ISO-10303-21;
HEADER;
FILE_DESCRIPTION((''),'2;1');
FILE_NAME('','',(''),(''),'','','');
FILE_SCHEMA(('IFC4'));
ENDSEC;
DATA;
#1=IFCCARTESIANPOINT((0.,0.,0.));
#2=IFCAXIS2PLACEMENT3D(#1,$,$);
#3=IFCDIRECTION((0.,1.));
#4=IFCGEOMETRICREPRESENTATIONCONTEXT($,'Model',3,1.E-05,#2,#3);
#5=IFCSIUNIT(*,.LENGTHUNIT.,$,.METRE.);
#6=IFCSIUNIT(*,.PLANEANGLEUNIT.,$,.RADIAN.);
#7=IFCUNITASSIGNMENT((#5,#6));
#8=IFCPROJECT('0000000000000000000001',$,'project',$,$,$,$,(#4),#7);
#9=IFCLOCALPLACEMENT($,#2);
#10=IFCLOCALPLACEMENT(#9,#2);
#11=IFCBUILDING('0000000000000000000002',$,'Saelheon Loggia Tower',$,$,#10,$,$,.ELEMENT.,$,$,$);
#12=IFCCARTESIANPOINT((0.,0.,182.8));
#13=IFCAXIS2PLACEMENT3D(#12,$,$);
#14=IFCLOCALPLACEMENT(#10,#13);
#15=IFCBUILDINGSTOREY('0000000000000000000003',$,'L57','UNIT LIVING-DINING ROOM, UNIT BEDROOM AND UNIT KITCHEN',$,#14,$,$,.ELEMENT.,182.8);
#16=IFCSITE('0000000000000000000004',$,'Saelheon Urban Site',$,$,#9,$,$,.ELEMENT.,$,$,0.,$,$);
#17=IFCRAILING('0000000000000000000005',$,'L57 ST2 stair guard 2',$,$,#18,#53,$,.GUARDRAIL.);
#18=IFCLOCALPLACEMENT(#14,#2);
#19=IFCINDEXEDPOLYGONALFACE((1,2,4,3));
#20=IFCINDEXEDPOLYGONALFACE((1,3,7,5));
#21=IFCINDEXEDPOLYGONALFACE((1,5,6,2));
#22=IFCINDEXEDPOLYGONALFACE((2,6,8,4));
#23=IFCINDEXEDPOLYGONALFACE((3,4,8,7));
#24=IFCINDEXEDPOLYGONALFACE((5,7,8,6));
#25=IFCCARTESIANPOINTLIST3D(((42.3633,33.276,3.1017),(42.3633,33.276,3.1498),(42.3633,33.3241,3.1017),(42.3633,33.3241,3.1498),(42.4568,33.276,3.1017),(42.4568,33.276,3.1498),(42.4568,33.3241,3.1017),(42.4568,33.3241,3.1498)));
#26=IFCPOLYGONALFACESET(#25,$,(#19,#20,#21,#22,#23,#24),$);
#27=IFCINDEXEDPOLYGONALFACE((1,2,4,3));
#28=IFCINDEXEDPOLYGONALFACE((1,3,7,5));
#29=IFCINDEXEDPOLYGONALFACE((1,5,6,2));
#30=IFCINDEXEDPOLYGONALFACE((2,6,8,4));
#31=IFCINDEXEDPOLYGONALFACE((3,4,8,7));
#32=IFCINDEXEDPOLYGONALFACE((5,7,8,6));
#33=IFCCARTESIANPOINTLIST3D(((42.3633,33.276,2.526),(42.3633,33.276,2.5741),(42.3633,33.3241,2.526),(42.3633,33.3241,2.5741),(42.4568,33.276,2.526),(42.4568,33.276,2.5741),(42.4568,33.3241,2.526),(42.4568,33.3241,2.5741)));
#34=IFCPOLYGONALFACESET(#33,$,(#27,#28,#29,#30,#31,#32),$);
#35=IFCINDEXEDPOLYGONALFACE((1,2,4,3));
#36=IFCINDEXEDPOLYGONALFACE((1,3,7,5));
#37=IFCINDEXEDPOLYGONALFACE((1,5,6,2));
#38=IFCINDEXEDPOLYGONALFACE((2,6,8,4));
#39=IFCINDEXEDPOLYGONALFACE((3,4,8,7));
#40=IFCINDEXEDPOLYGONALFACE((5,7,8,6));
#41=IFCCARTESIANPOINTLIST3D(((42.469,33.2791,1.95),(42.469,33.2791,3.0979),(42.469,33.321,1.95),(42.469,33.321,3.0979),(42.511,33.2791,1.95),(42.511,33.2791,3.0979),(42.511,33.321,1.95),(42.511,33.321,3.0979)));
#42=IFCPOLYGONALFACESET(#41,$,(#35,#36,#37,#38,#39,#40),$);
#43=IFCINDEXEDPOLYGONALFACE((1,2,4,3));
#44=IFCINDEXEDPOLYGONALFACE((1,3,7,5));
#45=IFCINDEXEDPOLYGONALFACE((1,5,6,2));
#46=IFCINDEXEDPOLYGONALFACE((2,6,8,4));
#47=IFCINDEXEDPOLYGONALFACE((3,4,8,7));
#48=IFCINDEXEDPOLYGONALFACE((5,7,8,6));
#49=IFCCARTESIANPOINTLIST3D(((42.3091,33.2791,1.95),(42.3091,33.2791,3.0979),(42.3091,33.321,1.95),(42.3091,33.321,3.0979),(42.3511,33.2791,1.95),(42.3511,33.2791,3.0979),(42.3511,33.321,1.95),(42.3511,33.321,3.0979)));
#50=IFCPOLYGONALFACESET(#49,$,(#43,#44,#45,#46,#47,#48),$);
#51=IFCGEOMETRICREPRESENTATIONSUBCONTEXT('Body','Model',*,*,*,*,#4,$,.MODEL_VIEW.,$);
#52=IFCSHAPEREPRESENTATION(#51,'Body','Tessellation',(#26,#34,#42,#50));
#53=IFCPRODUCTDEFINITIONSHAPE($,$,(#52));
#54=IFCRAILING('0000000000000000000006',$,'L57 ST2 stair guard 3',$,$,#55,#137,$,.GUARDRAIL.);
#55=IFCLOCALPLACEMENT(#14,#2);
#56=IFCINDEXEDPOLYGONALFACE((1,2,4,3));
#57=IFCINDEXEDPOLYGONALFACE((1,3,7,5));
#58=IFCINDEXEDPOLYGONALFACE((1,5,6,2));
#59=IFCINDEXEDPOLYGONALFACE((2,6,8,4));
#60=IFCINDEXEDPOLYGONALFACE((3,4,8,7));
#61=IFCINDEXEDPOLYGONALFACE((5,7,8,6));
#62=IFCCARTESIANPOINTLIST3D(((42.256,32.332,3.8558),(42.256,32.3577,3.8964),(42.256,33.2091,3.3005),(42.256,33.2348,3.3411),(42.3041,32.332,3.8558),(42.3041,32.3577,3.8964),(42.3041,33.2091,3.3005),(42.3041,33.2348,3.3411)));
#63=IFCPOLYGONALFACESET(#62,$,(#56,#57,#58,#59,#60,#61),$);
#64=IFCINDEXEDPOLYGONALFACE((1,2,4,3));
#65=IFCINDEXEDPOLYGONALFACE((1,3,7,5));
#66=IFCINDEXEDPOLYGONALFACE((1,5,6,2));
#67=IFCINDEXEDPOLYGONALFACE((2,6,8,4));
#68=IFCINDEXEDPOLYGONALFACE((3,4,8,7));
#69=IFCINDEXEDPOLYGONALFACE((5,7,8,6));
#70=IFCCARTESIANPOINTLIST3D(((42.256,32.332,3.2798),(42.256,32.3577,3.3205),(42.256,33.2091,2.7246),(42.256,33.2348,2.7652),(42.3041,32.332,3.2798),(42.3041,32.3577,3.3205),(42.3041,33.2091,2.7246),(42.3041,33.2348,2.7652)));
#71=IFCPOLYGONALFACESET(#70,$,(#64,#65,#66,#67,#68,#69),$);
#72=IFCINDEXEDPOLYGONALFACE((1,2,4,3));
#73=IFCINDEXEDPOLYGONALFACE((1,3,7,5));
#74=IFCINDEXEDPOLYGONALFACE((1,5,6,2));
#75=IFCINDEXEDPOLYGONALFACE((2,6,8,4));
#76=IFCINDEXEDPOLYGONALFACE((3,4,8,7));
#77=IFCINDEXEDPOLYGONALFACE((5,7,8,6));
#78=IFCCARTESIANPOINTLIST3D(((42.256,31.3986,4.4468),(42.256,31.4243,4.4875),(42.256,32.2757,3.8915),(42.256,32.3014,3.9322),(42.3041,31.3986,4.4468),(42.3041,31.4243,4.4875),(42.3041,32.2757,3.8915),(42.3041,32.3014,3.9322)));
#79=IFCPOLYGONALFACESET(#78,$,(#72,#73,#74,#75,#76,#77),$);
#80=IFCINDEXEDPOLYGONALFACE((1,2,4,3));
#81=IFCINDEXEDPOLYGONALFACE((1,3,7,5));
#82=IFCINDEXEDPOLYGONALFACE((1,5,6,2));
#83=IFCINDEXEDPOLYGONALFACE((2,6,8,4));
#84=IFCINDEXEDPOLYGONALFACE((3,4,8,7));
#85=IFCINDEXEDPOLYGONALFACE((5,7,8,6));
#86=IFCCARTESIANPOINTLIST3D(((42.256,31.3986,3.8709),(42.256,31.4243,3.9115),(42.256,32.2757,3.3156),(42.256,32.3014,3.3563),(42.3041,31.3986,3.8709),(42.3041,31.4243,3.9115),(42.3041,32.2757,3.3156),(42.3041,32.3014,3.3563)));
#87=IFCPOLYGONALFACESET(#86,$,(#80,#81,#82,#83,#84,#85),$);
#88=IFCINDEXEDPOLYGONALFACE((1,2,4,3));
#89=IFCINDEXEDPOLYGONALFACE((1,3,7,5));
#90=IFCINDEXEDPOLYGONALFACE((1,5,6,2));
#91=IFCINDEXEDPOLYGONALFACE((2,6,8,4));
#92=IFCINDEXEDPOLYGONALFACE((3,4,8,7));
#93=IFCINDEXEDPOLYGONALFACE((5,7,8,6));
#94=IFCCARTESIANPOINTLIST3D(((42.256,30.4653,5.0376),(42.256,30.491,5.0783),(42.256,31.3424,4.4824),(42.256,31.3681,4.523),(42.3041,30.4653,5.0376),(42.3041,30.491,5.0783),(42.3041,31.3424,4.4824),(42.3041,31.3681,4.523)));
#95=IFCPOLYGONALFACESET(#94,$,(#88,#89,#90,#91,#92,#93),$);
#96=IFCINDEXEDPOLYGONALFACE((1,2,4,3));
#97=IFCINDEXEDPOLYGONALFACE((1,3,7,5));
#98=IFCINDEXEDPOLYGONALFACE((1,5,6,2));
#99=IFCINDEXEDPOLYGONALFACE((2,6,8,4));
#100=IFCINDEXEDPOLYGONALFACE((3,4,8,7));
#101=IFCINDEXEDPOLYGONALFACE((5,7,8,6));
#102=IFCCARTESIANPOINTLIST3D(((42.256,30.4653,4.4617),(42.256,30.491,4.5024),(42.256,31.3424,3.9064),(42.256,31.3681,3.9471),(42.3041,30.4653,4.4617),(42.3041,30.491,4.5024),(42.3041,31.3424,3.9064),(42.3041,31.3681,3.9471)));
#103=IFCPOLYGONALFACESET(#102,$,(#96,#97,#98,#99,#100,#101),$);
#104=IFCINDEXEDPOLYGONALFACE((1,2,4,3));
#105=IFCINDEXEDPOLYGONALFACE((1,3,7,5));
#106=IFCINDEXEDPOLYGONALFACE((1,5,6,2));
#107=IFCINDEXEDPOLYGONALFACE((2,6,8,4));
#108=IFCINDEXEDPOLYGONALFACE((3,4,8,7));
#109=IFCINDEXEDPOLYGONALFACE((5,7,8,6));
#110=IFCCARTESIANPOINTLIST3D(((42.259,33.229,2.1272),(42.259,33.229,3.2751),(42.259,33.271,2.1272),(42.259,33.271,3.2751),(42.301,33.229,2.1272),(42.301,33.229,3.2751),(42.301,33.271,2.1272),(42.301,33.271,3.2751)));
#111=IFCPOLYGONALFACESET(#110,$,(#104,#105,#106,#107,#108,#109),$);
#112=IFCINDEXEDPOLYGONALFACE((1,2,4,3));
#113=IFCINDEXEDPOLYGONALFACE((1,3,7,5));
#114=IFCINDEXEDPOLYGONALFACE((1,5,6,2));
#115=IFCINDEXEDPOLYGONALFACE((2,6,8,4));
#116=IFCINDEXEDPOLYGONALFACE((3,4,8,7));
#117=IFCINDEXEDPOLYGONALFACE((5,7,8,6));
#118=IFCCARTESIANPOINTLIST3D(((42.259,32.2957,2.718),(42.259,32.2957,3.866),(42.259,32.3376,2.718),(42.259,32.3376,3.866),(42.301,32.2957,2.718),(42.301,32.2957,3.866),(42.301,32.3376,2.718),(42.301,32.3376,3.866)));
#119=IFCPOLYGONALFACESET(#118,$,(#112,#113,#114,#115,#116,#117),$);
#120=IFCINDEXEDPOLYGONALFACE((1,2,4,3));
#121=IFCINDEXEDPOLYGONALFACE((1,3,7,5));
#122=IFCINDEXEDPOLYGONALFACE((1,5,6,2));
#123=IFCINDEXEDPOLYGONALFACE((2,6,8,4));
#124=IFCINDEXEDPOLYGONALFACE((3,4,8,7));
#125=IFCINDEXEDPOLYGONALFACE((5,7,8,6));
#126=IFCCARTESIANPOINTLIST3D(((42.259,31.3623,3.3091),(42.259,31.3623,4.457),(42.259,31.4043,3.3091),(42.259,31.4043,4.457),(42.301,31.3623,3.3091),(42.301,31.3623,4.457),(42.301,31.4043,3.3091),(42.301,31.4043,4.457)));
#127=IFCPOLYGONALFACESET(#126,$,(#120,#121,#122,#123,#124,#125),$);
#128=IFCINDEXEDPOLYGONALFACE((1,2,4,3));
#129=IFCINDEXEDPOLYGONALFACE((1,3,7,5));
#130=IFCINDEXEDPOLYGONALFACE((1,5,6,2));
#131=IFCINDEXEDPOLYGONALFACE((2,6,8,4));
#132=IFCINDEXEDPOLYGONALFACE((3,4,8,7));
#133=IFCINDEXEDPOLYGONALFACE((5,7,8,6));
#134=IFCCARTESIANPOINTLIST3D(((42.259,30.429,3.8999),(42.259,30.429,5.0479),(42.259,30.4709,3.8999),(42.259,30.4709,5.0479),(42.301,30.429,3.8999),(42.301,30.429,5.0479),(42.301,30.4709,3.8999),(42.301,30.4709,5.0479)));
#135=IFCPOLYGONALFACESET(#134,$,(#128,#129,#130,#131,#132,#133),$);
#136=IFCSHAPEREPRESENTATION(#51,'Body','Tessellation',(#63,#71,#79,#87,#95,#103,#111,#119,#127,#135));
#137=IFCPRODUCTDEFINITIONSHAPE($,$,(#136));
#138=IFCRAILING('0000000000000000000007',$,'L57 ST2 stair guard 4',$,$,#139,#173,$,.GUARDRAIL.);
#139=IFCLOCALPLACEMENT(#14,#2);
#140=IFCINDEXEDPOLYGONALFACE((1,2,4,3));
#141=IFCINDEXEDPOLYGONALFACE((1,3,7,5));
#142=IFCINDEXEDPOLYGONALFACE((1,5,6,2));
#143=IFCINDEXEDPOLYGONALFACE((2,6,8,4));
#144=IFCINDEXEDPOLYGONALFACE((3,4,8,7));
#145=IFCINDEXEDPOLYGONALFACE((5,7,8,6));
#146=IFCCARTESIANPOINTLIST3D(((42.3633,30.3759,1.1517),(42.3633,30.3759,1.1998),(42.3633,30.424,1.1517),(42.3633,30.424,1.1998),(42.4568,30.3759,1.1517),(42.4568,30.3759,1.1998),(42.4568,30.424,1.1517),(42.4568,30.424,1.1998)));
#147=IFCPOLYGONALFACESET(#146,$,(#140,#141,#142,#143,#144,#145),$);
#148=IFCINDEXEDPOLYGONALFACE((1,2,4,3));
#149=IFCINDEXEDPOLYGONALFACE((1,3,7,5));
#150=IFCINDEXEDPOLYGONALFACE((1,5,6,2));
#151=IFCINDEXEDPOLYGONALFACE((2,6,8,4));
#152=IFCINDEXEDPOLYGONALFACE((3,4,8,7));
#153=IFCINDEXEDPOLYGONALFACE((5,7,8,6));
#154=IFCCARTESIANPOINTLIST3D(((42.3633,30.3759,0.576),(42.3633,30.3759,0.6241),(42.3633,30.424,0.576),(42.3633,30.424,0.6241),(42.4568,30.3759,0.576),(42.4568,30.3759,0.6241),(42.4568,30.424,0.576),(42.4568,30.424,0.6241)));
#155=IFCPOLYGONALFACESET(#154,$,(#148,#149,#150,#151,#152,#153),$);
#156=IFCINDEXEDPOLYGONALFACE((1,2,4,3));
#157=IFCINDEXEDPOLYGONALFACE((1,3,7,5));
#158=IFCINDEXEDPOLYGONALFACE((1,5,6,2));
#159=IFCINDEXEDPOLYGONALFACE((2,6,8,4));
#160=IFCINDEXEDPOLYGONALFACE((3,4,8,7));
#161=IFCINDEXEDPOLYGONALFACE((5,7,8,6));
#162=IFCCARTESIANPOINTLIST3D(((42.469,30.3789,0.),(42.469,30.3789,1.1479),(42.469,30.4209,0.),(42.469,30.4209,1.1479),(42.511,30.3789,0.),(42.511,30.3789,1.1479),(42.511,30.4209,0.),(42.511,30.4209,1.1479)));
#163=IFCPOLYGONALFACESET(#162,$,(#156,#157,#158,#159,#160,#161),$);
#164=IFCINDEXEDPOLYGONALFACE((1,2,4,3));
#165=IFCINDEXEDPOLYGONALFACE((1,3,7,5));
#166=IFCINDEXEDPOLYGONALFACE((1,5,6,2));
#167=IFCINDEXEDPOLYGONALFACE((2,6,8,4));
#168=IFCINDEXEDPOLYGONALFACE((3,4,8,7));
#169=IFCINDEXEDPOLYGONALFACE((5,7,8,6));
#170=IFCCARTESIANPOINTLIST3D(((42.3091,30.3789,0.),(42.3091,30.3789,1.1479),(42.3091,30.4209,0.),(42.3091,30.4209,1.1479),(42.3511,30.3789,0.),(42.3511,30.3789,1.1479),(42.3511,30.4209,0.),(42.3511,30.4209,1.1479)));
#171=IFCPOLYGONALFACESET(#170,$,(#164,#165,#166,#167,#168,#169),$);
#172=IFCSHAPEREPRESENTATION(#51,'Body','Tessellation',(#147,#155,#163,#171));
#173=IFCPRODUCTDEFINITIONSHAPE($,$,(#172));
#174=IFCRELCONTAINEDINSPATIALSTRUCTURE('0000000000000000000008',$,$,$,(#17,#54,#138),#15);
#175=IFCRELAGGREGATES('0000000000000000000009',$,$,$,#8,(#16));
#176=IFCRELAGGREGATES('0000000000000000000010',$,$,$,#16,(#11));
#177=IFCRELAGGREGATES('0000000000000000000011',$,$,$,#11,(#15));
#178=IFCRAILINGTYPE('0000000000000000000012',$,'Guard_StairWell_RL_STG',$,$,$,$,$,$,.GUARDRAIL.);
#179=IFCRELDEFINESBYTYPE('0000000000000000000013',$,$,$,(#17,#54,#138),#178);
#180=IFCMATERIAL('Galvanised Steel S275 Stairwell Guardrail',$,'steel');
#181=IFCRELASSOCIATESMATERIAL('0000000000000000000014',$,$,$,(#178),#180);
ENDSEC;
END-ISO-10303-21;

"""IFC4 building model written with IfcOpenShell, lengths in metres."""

from ifc_helpers import new_model, si_unit, direction, frame, origin, origin_2d, place, context, subcontext, project, spatial, rectangle, extrude, material, type_object, element, save


model = new_model("IFC4")

# Units and contexts
model_context = context("Model", 3, precision=1e-05, world=origin(), true_north=direction((0.0, 1.0)))
body_context = subcontext(model_context, "Body", "Model", "MODEL_VIEW")
ifc_project = project(units=[si_unit("LENGTHUNIT", "METRE"), si_unit("PLANEANGLEUNIT", "RADIAN")], contexts=[model_context])

# Site, building, storey
site_placement = place(None, origin())
site = spatial("IfcSite", under=ifc_project, at=site_placement, Name="Saelheon Urban Site", CompositionType="ELEMENT", RefElevation=0.0)
building_placement = place(site_placement, origin())
building = spatial("IfcBuilding", under=site, at=building_placement, Name="Saelheon Loggia Tower", CompositionType="ELEMENT")
storey_placement = place(building_placement, frame((0.0, 0.0, 182.8)))
storey = spatial("IfcBuildingStorey", under=building, at=storey_placement, Name="L57", Description="UNIT LIVING-DINING ROOM, UNIT BEDROOM AND UNIT KITCHEN", CompositionType="ELEMENT", Elevation=182.8)

# Railings
ifc_material_1 = material(Name="Galvanised Steel S275 Stairwell Guardrail", Category="steel")
railing_type_1 = type_object("IfcRailingType", Name="Guard_StairWell_RL_STG", PredefinedType="GUARDRAIL", material=ifc_material_1)
railing_1_placement = place(storey_placement, frame((42.49, 33.3, 1.95)))
element("IfcRailing", 1, at=railing_1_placement, inside=storey, type_object=railing_type_1, Name="L57 ST2 stair guard 2", PredefinedType="GUARDRAIL", context=body_context, shape_type="SweptSolid", body=[
    extrude(rectangle(XDim=0.0481, YDim=0.0481, at=origin_2d()), frame((-0.0332, 0.0, 1.1758), z_axis=(-1.0, 0.0, 0.0), x_axis=(0.0, -1.0, 0.0)), (0.0, 0.0, 1.0), 0.0935),
    extrude(rectangle(XDim=0.0481, YDim=0.0481, at=origin_2d()), frame((-0.0332, 0.0, 0.6001), z_axis=(-1.0, 0.0, 0.0), x_axis=(0.0, -1.0, 0.0)), (0.0, 0.0, 1.0), 0.0935),
    extrude(rectangle(XDim=0.042, YDim=0.042, at=origin_2d()), origin(), (0.0, 0.0, 1.0), 1.1479),
    extrude(rectangle(XDim=0.042, YDim=0.042, at=origin_2d()), frame((-0.1599, 0.0, 0.0)), (0.0, 0.0, 1.0), 1.1479),
])
railing_2_placement = place(storey_placement, frame((42.28, 33.25, 2.1272)))
element("IfcRailing", 2, at=railing_2_placement, inside=storey, type_object=railing_type_1, Name="L57 ST2 stair guard 3", PredefinedType="GUARDRAIL", context=body_context, shape_type="SweptSolid", body=[
    extrude(rectangle(XDim=0.0481, YDim=0.0481, at=origin_2d()), frame((0.0, -0.0281, 1.1936), z_axis=(0.0, -0.844909, 0.53491), x_axis=(1.0, 0.0, 0.0)), (0.0, 0.0, 1.0), 1.0381),
    extrude(rectangle(XDim=0.0481, YDim=0.0481, at=origin_2d()), frame((0.0, -0.0281, 0.6177), z_axis=(0.0, -0.844909, 0.53491), x_axis=(1.0, 0.0, 0.0)), (0.0, 0.0, 1.0), 1.0381),
    extrude(rectangle(XDim=0.0481, YDim=0.0481, at=origin_2d()), frame((0.0, -0.9614, 1.7847), z_axis=(0.0, -0.844909, 0.53491), x_axis=(1.0, 0.0, 0.0)), (0.0, 0.0, 1.0), 1.0381),
    extrude(rectangle(XDim=0.0481, YDim=0.0481, at=origin_2d()), frame((0.0, -0.9614, 1.2087), z_axis=(0.0, -0.844909, 0.53491), x_axis=(1.0, 0.0, 0.0)), (0.0, 0.0, 1.0), 1.0381),
    extrude(rectangle(XDim=0.0481, YDim=0.0481, at=origin_2d()), frame((0.0, -1.8948, 2.3755), z_axis=(0.0, -0.844909, 0.53491), x_axis=(1.0, 0.0, 0.0)), (0.0, 0.0, 1.0), 1.0381),
    extrude(rectangle(XDim=0.0481, YDim=0.0481, at=origin_2d()), frame((0.0, -1.8948, 1.7996), z_axis=(0.0, -0.844909, 0.53491), x_axis=(1.0, 0.0, 0.0)), (0.0, 0.0, 1.0), 1.0381),
    extrude(rectangle(XDim=0.042, YDim=0.042, at=origin_2d()), origin(), (0.0, 0.0, 1.0), 1.1479),
    extrude(rectangle(XDim=0.042, YDim=0.042, at=origin_2d()), frame((0.0, -0.9333, 0.5908)), (0.0, 0.0, 1.0), 1.1479),
    extrude(rectangle(XDim=0.042, YDim=0.042, at=origin_2d()), frame((0.0, -1.8667, 1.1819)), (0.0, 0.0, 1.0), 1.1479),
    extrude(rectangle(XDim=0.042, YDim=0.042, at=origin_2d()), frame((0.0, -2.8, 1.7727)), (0.0, 0.0, 1.0), 1.1479),
])
railing_3_placement = place(storey_placement, frame((42.49, 30.3999, 0.0)))
element("IfcRailing", 3, at=railing_3_placement, inside=storey, type_object=railing_type_1, Name="L57 ST2 stair guard 4", PredefinedType="GUARDRAIL", context=body_context, shape_type="SweptSolid", body=[
    extrude(rectangle(XDim=0.0481, YDim=0.0481, at=origin_2d()), frame((-0.0332, 0.0, 1.1758), z_axis=(-1.0, 0.0, 0.0), x_axis=(0.0, -1.0, 0.0)), (0.0, 0.0, 1.0), 0.0935),
    extrude(rectangle(XDim=0.0481, YDim=0.0481, at=origin_2d()), frame((-0.0332, 0.0, 0.6001), z_axis=(-1.0, 0.0, 0.0), x_axis=(0.0, -1.0, 0.0)), (0.0, 0.0, 1.0), 0.0935),
    extrude(rectangle(XDim=0.042, YDim=0.042, at=origin_2d()), origin(), (0.0, 0.0, 1.0), 1.1479),
    extrude(rectangle(XDim=0.042, YDim=0.042, at=origin_2d()), frame((-0.1599, 0.0, 0.0)), (0.0, 0.0, 1.0), 1.1479),
])

save(model, "model.ifc")
